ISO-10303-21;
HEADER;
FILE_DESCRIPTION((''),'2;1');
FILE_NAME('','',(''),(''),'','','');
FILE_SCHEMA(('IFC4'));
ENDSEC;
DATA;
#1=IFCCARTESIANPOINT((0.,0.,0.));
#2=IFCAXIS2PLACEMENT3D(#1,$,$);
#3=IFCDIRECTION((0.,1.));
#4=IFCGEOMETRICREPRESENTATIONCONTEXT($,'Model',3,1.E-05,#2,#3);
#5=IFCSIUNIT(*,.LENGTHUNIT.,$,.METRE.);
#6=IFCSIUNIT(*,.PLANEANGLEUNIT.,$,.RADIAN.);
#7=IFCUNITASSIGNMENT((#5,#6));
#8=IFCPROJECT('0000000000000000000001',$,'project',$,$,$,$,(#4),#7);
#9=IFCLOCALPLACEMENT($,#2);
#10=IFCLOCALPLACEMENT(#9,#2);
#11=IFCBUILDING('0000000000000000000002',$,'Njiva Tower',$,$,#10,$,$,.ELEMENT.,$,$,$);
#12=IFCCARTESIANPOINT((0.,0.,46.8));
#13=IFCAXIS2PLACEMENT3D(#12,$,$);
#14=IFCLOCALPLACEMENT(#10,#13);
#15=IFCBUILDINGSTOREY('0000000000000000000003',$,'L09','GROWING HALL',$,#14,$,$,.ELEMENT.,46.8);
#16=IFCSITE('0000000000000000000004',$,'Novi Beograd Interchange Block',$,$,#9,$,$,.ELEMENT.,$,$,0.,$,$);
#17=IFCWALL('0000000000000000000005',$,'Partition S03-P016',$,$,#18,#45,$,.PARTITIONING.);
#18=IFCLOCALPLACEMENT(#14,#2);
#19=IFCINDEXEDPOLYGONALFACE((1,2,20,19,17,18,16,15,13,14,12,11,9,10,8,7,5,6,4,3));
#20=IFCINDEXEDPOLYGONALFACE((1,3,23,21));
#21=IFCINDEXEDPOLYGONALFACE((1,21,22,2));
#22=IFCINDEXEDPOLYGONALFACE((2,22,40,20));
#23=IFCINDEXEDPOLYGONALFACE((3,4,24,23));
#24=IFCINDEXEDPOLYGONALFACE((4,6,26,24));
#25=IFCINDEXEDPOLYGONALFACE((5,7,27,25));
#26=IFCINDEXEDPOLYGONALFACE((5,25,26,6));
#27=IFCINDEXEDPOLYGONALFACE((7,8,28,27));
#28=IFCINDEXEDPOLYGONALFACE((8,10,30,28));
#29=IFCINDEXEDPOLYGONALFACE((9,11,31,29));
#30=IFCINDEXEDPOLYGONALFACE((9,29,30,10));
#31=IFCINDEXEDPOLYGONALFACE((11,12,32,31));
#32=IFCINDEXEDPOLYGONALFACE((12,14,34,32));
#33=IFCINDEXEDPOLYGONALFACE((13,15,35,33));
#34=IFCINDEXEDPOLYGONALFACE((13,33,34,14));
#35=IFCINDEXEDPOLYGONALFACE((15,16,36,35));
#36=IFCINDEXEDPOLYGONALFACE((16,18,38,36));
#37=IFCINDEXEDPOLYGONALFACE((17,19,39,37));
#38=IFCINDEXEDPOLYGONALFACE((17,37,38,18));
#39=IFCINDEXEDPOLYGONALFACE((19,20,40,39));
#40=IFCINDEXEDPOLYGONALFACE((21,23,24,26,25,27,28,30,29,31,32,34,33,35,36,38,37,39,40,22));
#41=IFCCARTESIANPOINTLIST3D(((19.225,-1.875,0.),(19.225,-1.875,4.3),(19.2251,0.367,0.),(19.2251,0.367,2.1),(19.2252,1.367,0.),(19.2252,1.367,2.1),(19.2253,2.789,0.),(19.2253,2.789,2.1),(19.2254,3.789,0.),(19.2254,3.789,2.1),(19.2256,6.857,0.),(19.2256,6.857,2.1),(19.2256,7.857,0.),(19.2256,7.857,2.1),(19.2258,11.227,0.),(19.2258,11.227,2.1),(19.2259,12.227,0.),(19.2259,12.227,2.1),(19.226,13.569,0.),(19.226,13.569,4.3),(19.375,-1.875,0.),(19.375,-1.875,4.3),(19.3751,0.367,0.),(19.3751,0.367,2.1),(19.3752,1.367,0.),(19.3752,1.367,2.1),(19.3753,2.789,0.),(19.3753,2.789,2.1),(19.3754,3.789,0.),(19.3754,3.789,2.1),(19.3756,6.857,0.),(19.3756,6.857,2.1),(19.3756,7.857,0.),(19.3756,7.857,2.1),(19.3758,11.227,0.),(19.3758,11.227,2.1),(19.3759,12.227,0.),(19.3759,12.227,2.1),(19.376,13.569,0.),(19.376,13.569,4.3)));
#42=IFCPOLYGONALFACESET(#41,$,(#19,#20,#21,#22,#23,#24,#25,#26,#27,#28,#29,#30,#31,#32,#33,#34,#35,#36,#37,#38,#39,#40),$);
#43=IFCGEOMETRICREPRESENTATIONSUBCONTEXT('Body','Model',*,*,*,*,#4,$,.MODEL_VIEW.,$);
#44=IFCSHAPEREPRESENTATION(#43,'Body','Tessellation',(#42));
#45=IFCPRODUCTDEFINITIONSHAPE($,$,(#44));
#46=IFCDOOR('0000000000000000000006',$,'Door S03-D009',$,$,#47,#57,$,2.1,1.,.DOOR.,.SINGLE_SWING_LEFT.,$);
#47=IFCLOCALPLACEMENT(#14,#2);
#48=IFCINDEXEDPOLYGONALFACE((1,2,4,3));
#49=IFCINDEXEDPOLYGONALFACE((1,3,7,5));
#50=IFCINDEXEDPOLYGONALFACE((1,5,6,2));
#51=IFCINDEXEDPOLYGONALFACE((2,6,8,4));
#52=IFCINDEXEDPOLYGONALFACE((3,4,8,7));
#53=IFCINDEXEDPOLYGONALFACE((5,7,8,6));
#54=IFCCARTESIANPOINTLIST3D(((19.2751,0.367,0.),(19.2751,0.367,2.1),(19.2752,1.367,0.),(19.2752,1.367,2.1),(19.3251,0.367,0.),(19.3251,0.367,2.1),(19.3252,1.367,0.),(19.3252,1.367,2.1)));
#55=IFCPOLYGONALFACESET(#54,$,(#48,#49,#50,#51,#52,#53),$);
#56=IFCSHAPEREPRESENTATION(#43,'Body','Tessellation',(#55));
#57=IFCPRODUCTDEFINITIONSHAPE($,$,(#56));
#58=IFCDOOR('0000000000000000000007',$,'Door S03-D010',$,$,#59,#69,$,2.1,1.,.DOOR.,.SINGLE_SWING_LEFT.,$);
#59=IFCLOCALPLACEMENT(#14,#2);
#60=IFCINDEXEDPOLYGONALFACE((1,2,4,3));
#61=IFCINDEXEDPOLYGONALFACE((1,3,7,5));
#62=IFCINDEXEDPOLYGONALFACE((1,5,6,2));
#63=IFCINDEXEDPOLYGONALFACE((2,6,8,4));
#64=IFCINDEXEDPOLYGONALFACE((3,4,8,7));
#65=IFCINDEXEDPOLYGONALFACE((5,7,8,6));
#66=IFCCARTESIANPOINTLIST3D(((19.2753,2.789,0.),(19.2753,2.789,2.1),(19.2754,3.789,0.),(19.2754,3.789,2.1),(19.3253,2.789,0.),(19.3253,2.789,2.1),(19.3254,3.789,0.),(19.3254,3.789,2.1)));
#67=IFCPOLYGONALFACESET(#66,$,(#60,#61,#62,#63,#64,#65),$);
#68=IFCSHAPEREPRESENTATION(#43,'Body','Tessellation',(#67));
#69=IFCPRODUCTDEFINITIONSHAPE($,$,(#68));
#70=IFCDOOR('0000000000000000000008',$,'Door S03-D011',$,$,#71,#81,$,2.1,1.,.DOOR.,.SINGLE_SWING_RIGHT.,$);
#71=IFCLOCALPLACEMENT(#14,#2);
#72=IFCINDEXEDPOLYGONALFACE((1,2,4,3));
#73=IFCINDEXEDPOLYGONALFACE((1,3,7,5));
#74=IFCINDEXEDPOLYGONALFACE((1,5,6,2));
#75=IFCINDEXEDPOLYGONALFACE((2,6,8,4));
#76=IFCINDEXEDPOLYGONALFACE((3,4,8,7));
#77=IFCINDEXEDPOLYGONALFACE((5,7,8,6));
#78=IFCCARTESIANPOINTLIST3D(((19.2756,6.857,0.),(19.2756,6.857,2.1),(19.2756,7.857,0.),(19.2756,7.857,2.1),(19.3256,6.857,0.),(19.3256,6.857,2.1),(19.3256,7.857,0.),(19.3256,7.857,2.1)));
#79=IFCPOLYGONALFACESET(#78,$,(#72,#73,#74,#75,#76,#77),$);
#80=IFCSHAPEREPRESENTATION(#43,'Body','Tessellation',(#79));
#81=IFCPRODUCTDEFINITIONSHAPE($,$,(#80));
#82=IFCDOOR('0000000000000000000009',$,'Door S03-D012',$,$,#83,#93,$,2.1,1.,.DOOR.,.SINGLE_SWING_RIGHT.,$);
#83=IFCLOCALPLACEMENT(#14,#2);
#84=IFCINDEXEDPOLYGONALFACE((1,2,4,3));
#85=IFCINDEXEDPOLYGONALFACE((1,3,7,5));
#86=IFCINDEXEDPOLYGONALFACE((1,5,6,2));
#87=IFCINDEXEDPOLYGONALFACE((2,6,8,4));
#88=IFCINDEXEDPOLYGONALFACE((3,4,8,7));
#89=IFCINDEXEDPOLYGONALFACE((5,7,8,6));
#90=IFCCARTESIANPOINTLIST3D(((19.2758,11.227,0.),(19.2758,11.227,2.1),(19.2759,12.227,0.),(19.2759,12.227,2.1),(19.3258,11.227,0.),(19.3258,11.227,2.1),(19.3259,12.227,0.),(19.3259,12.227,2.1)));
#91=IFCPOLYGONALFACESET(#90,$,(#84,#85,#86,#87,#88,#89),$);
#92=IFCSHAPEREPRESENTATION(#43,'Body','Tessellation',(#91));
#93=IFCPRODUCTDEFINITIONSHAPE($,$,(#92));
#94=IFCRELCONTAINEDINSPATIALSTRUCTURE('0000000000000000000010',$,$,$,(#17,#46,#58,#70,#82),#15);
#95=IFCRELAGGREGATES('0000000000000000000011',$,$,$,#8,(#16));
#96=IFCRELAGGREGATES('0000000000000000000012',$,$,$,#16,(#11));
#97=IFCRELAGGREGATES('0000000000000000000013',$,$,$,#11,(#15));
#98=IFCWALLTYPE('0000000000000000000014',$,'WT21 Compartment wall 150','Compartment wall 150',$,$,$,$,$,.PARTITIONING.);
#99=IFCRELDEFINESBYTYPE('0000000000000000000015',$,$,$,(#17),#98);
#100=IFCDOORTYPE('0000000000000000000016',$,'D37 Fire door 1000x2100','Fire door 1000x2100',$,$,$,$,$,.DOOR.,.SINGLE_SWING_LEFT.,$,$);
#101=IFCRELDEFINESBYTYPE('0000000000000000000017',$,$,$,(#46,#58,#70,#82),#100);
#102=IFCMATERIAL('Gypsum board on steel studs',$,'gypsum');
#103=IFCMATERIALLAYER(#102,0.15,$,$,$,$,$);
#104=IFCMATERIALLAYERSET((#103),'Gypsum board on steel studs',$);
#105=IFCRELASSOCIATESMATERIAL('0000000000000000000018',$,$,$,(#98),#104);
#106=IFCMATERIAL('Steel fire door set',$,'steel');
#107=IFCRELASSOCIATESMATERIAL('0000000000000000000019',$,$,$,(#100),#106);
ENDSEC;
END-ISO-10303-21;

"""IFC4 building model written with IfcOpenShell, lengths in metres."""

from ifc_helpers import new_model, si_unit, direction, frame, frame_2d, origin, place, context, subcontext, project, spatial, rectangle, extrude, material, layer, layer_set, type_object, element, fill, save


model = new_model("IFC4")

# Units and contexts
model_context = context("Model", 3, precision=1e-05, world=origin(), true_north=direction((0.0, 1.0)))
body_context = subcontext(model_context, "Body", "Model", "MODEL_VIEW")
ifc_project = project(units=[si_unit("LENGTHUNIT", "METRE"), si_unit("PLANEANGLEUNIT", "RADIAN")], contexts=[model_context])

# Site, building, storey
site_placement = place(None, origin())
site = spatial("IfcSite", under=ifc_project, at=site_placement, Name="Novi Beograd Interchange Block", CompositionType="ELEMENT", RefElevation=0.0)
building_placement = place(site_placement, origin())
building = spatial("IfcBuilding", under=site, at=building_placement, Name="Njiva Tower", CompositionType="ELEMENT")
storey_placement = place(building_placement, frame((0.0, 0.0, 46.8)))
storey = spatial("IfcBuildingStorey", under=building, at=storey_placement, Name="L09", Description="GROWING HALL", CompositionType="ELEMENT", Elevation=46.8)

# Shared definitions
ifc_material_1 = material(Name="Gypsum board on steel studs", Category="gypsum")

# Wall, openings, doors
ifc_layer_1 = layer(ifc_material_1, 0.15)
ifc_layer_set_1 = layer_set([ifc_layer_1], Name="Gypsum board on steel studs")
wall_type_1 = type_object("IfcWallType", Name="WT21 Compartment wall 150", Description="Compartment wall 150", PredefinedType="PARTITIONING", material=ifc_layer_set_1)
wall_1_placement = place(storey_placement, frame((19.3, -1.875, 0.0), z_axis=(0.0, 0.0, 1.0), x_axis=(0.000065, 1.0, 0.0)))
wall_1 = element("IfcWall", 1, at=wall_1_placement, inside=storey, type_object=wall_type_1, Name="Partition S03-P016", PredefinedType="PARTITIONING", context=body_context, shape_type="SweptSolid", body=[
    extrude(rectangle(XDim=15.444, YDim=0.15, at=frame_2d((7.722, 0.0))), origin(), (0.0, 0.0, 1.0), 4.3),
])
opening_1_placement = place(wall_1_placement, frame((2.242, 0.0, 0.0)))
opening_1 = element("IfcOpeningElement", 2, at=opening_1_placement, cuts=wall_1, PredefinedType="OPENING", context=body_context, shape_type="SweptSolid", body=[
    extrude(rectangle(XDim=1.0, YDim=2.1, at=frame_2d((0.5, 1.05))), frame((0.0, 0.085, 0.0), z_axis=(0.0, -1.0, 0.0), x_axis=(1.0, 0.0, 0.0)), (0.0, 0.0, 1.0), 0.17),
])
opening_2_placement = place(wall_1_placement, frame((4.664, 0.0, 0.0)))
opening_2 = element("IfcOpeningElement", 3, at=opening_2_placement, cuts=wall_1, PredefinedType="OPENING", context=body_context, shape_type="SweptSolid", body=[
    extrude(rectangle(XDim=1.0, YDim=2.1, at=frame_2d((0.5, 1.05))), frame((0.0, 0.085, 0.0), z_axis=(0.0, -1.0, 0.0), x_axis=(1.0, 0.0, 0.0)), (0.0, 0.0, 1.0), 0.17),
])
opening_3_placement = place(wall_1_placement, frame((8.732, 0.0, 0.0)))
opening_3 = element("IfcOpeningElement", 4, at=opening_3_placement, cuts=wall_1, PredefinedType="OPENING", context=body_context, shape_type="SweptSolid", body=[
    extrude(rectangle(XDim=1.0, YDim=2.1, at=frame_2d((0.5, 1.05))), frame((0.0, 0.085, 0.0), z_axis=(0.0, -1.0, 0.0), x_axis=(1.0, 0.0, 0.0)), (0.0, 0.0, 1.0), 0.17),
])
opening_4_placement = place(wall_1_placement, frame((13.102, 0.0, 0.0)))
opening_4 = element("IfcOpeningElement", 5, at=opening_4_placement, cuts=wall_1, PredefinedType="OPENING", context=body_context, shape_type="SweptSolid", body=[
    extrude(rectangle(XDim=1.0, YDim=2.1, at=frame_2d((0.5, 1.05))), frame((0.0, 0.085, 0.0), z_axis=(0.0, -1.0, 0.0), x_axis=(1.0, 0.0, 0.0)), (0.0, 0.0, 1.0), 0.17),
])
ifc_material_2 = material(Name="Steel fire door set", Category="steel")
door_type = type_object("IfcDoorType", Name="D37 Fire door 1000x2100", Description="Fire door 1000x2100", OperationType="SINGLE_SWING_LEFT", PredefinedType="DOOR", material=ifc_material_2)
door_1_placement = place(opening_1_placement, origin())
door_1 = element("IfcDoor", 6, at=door_1_placement, inside=storey, type_object=door_type, Name="Door S03-D009", OperationType="SINGLE_SWING_LEFT", OverallHeight=2.1, OverallWidth=1.0, PredefinedType="DOOR", context=body_context, shape_type="SweptSolid", body=[
    extrude(rectangle(XDim=1.0, YDim=2.1, at=frame_2d((0.5, 1.05))), frame((0.0, 0.025, 0.0), z_axis=(0.0, -1.0, 0.0), x_axis=(1.0, 0.0, 0.0)), (0.0, 0.0, 1.0), 0.05),
])
fill(opening_1, door_1)
door_2_placement = place(opening_2_placement, origin())
door_2 = element("IfcDoor", 7, at=door_2_placement, inside=storey, type_object=door_type, Name="Door S03-D010", OperationType="SINGLE_SWING_LEFT", OverallHeight=2.1, OverallWidth=1.0, PredefinedType="DOOR", context=body_context, shape_type="SweptSolid", body=[
    extrude(rectangle(XDim=1.0, YDim=2.1, at=frame_2d((0.5, 1.05))), frame((0.0, 0.025, 0.0), z_axis=(0.0, -1.0, 0.0), x_axis=(1.0, 0.0, 0.0)), (0.0, 0.0, 1.0), 0.05),
])
fill(opening_2, door_2)
door_3_placement = place(opening_3_placement, origin())
door_3 = element("IfcDoor", 8, at=door_3_placement, inside=storey, type_object=door_type, Name="Door S03-D011", OperationType="SINGLE_SWING_RIGHT", OverallHeight=2.1, OverallWidth=1.0, PredefinedType="DOOR", context=body_context, shape_type="SweptSolid", body=[
    extrude(rectangle(XDim=1.0, YDim=2.1, at=frame_2d((0.5, 1.05))), frame((0.0, 0.025, 0.0), z_axis=(0.0, -1.0, 0.0), x_axis=(1.0, 0.0, 0.0)), (0.0, 0.0, 1.0), 0.05),
])
fill(opening_3, door_3)
door_4_placement = place(opening_4_placement, origin())
door_4 = element("IfcDoor", 9, at=door_4_placement, inside=storey, type_object=door_type, Name="Door S03-D012", OperationType="SINGLE_SWING_RIGHT", OverallHeight=2.1, OverallWidth=1.0, PredefinedType="DOOR", context=body_context, shape_type="SweptSolid", body=[
    extrude(rectangle(XDim=1.0, YDim=2.1, at=frame_2d((0.5, 1.05))), frame((0.0, 0.025, 0.0), z_axis=(0.0, -1.0, 0.0), x_axis=(1.0, 0.0, 0.0)), (0.0, 0.0, 1.0), 0.05),
])
fill(opening_4, door_4)

save(model, "model.ifc")
